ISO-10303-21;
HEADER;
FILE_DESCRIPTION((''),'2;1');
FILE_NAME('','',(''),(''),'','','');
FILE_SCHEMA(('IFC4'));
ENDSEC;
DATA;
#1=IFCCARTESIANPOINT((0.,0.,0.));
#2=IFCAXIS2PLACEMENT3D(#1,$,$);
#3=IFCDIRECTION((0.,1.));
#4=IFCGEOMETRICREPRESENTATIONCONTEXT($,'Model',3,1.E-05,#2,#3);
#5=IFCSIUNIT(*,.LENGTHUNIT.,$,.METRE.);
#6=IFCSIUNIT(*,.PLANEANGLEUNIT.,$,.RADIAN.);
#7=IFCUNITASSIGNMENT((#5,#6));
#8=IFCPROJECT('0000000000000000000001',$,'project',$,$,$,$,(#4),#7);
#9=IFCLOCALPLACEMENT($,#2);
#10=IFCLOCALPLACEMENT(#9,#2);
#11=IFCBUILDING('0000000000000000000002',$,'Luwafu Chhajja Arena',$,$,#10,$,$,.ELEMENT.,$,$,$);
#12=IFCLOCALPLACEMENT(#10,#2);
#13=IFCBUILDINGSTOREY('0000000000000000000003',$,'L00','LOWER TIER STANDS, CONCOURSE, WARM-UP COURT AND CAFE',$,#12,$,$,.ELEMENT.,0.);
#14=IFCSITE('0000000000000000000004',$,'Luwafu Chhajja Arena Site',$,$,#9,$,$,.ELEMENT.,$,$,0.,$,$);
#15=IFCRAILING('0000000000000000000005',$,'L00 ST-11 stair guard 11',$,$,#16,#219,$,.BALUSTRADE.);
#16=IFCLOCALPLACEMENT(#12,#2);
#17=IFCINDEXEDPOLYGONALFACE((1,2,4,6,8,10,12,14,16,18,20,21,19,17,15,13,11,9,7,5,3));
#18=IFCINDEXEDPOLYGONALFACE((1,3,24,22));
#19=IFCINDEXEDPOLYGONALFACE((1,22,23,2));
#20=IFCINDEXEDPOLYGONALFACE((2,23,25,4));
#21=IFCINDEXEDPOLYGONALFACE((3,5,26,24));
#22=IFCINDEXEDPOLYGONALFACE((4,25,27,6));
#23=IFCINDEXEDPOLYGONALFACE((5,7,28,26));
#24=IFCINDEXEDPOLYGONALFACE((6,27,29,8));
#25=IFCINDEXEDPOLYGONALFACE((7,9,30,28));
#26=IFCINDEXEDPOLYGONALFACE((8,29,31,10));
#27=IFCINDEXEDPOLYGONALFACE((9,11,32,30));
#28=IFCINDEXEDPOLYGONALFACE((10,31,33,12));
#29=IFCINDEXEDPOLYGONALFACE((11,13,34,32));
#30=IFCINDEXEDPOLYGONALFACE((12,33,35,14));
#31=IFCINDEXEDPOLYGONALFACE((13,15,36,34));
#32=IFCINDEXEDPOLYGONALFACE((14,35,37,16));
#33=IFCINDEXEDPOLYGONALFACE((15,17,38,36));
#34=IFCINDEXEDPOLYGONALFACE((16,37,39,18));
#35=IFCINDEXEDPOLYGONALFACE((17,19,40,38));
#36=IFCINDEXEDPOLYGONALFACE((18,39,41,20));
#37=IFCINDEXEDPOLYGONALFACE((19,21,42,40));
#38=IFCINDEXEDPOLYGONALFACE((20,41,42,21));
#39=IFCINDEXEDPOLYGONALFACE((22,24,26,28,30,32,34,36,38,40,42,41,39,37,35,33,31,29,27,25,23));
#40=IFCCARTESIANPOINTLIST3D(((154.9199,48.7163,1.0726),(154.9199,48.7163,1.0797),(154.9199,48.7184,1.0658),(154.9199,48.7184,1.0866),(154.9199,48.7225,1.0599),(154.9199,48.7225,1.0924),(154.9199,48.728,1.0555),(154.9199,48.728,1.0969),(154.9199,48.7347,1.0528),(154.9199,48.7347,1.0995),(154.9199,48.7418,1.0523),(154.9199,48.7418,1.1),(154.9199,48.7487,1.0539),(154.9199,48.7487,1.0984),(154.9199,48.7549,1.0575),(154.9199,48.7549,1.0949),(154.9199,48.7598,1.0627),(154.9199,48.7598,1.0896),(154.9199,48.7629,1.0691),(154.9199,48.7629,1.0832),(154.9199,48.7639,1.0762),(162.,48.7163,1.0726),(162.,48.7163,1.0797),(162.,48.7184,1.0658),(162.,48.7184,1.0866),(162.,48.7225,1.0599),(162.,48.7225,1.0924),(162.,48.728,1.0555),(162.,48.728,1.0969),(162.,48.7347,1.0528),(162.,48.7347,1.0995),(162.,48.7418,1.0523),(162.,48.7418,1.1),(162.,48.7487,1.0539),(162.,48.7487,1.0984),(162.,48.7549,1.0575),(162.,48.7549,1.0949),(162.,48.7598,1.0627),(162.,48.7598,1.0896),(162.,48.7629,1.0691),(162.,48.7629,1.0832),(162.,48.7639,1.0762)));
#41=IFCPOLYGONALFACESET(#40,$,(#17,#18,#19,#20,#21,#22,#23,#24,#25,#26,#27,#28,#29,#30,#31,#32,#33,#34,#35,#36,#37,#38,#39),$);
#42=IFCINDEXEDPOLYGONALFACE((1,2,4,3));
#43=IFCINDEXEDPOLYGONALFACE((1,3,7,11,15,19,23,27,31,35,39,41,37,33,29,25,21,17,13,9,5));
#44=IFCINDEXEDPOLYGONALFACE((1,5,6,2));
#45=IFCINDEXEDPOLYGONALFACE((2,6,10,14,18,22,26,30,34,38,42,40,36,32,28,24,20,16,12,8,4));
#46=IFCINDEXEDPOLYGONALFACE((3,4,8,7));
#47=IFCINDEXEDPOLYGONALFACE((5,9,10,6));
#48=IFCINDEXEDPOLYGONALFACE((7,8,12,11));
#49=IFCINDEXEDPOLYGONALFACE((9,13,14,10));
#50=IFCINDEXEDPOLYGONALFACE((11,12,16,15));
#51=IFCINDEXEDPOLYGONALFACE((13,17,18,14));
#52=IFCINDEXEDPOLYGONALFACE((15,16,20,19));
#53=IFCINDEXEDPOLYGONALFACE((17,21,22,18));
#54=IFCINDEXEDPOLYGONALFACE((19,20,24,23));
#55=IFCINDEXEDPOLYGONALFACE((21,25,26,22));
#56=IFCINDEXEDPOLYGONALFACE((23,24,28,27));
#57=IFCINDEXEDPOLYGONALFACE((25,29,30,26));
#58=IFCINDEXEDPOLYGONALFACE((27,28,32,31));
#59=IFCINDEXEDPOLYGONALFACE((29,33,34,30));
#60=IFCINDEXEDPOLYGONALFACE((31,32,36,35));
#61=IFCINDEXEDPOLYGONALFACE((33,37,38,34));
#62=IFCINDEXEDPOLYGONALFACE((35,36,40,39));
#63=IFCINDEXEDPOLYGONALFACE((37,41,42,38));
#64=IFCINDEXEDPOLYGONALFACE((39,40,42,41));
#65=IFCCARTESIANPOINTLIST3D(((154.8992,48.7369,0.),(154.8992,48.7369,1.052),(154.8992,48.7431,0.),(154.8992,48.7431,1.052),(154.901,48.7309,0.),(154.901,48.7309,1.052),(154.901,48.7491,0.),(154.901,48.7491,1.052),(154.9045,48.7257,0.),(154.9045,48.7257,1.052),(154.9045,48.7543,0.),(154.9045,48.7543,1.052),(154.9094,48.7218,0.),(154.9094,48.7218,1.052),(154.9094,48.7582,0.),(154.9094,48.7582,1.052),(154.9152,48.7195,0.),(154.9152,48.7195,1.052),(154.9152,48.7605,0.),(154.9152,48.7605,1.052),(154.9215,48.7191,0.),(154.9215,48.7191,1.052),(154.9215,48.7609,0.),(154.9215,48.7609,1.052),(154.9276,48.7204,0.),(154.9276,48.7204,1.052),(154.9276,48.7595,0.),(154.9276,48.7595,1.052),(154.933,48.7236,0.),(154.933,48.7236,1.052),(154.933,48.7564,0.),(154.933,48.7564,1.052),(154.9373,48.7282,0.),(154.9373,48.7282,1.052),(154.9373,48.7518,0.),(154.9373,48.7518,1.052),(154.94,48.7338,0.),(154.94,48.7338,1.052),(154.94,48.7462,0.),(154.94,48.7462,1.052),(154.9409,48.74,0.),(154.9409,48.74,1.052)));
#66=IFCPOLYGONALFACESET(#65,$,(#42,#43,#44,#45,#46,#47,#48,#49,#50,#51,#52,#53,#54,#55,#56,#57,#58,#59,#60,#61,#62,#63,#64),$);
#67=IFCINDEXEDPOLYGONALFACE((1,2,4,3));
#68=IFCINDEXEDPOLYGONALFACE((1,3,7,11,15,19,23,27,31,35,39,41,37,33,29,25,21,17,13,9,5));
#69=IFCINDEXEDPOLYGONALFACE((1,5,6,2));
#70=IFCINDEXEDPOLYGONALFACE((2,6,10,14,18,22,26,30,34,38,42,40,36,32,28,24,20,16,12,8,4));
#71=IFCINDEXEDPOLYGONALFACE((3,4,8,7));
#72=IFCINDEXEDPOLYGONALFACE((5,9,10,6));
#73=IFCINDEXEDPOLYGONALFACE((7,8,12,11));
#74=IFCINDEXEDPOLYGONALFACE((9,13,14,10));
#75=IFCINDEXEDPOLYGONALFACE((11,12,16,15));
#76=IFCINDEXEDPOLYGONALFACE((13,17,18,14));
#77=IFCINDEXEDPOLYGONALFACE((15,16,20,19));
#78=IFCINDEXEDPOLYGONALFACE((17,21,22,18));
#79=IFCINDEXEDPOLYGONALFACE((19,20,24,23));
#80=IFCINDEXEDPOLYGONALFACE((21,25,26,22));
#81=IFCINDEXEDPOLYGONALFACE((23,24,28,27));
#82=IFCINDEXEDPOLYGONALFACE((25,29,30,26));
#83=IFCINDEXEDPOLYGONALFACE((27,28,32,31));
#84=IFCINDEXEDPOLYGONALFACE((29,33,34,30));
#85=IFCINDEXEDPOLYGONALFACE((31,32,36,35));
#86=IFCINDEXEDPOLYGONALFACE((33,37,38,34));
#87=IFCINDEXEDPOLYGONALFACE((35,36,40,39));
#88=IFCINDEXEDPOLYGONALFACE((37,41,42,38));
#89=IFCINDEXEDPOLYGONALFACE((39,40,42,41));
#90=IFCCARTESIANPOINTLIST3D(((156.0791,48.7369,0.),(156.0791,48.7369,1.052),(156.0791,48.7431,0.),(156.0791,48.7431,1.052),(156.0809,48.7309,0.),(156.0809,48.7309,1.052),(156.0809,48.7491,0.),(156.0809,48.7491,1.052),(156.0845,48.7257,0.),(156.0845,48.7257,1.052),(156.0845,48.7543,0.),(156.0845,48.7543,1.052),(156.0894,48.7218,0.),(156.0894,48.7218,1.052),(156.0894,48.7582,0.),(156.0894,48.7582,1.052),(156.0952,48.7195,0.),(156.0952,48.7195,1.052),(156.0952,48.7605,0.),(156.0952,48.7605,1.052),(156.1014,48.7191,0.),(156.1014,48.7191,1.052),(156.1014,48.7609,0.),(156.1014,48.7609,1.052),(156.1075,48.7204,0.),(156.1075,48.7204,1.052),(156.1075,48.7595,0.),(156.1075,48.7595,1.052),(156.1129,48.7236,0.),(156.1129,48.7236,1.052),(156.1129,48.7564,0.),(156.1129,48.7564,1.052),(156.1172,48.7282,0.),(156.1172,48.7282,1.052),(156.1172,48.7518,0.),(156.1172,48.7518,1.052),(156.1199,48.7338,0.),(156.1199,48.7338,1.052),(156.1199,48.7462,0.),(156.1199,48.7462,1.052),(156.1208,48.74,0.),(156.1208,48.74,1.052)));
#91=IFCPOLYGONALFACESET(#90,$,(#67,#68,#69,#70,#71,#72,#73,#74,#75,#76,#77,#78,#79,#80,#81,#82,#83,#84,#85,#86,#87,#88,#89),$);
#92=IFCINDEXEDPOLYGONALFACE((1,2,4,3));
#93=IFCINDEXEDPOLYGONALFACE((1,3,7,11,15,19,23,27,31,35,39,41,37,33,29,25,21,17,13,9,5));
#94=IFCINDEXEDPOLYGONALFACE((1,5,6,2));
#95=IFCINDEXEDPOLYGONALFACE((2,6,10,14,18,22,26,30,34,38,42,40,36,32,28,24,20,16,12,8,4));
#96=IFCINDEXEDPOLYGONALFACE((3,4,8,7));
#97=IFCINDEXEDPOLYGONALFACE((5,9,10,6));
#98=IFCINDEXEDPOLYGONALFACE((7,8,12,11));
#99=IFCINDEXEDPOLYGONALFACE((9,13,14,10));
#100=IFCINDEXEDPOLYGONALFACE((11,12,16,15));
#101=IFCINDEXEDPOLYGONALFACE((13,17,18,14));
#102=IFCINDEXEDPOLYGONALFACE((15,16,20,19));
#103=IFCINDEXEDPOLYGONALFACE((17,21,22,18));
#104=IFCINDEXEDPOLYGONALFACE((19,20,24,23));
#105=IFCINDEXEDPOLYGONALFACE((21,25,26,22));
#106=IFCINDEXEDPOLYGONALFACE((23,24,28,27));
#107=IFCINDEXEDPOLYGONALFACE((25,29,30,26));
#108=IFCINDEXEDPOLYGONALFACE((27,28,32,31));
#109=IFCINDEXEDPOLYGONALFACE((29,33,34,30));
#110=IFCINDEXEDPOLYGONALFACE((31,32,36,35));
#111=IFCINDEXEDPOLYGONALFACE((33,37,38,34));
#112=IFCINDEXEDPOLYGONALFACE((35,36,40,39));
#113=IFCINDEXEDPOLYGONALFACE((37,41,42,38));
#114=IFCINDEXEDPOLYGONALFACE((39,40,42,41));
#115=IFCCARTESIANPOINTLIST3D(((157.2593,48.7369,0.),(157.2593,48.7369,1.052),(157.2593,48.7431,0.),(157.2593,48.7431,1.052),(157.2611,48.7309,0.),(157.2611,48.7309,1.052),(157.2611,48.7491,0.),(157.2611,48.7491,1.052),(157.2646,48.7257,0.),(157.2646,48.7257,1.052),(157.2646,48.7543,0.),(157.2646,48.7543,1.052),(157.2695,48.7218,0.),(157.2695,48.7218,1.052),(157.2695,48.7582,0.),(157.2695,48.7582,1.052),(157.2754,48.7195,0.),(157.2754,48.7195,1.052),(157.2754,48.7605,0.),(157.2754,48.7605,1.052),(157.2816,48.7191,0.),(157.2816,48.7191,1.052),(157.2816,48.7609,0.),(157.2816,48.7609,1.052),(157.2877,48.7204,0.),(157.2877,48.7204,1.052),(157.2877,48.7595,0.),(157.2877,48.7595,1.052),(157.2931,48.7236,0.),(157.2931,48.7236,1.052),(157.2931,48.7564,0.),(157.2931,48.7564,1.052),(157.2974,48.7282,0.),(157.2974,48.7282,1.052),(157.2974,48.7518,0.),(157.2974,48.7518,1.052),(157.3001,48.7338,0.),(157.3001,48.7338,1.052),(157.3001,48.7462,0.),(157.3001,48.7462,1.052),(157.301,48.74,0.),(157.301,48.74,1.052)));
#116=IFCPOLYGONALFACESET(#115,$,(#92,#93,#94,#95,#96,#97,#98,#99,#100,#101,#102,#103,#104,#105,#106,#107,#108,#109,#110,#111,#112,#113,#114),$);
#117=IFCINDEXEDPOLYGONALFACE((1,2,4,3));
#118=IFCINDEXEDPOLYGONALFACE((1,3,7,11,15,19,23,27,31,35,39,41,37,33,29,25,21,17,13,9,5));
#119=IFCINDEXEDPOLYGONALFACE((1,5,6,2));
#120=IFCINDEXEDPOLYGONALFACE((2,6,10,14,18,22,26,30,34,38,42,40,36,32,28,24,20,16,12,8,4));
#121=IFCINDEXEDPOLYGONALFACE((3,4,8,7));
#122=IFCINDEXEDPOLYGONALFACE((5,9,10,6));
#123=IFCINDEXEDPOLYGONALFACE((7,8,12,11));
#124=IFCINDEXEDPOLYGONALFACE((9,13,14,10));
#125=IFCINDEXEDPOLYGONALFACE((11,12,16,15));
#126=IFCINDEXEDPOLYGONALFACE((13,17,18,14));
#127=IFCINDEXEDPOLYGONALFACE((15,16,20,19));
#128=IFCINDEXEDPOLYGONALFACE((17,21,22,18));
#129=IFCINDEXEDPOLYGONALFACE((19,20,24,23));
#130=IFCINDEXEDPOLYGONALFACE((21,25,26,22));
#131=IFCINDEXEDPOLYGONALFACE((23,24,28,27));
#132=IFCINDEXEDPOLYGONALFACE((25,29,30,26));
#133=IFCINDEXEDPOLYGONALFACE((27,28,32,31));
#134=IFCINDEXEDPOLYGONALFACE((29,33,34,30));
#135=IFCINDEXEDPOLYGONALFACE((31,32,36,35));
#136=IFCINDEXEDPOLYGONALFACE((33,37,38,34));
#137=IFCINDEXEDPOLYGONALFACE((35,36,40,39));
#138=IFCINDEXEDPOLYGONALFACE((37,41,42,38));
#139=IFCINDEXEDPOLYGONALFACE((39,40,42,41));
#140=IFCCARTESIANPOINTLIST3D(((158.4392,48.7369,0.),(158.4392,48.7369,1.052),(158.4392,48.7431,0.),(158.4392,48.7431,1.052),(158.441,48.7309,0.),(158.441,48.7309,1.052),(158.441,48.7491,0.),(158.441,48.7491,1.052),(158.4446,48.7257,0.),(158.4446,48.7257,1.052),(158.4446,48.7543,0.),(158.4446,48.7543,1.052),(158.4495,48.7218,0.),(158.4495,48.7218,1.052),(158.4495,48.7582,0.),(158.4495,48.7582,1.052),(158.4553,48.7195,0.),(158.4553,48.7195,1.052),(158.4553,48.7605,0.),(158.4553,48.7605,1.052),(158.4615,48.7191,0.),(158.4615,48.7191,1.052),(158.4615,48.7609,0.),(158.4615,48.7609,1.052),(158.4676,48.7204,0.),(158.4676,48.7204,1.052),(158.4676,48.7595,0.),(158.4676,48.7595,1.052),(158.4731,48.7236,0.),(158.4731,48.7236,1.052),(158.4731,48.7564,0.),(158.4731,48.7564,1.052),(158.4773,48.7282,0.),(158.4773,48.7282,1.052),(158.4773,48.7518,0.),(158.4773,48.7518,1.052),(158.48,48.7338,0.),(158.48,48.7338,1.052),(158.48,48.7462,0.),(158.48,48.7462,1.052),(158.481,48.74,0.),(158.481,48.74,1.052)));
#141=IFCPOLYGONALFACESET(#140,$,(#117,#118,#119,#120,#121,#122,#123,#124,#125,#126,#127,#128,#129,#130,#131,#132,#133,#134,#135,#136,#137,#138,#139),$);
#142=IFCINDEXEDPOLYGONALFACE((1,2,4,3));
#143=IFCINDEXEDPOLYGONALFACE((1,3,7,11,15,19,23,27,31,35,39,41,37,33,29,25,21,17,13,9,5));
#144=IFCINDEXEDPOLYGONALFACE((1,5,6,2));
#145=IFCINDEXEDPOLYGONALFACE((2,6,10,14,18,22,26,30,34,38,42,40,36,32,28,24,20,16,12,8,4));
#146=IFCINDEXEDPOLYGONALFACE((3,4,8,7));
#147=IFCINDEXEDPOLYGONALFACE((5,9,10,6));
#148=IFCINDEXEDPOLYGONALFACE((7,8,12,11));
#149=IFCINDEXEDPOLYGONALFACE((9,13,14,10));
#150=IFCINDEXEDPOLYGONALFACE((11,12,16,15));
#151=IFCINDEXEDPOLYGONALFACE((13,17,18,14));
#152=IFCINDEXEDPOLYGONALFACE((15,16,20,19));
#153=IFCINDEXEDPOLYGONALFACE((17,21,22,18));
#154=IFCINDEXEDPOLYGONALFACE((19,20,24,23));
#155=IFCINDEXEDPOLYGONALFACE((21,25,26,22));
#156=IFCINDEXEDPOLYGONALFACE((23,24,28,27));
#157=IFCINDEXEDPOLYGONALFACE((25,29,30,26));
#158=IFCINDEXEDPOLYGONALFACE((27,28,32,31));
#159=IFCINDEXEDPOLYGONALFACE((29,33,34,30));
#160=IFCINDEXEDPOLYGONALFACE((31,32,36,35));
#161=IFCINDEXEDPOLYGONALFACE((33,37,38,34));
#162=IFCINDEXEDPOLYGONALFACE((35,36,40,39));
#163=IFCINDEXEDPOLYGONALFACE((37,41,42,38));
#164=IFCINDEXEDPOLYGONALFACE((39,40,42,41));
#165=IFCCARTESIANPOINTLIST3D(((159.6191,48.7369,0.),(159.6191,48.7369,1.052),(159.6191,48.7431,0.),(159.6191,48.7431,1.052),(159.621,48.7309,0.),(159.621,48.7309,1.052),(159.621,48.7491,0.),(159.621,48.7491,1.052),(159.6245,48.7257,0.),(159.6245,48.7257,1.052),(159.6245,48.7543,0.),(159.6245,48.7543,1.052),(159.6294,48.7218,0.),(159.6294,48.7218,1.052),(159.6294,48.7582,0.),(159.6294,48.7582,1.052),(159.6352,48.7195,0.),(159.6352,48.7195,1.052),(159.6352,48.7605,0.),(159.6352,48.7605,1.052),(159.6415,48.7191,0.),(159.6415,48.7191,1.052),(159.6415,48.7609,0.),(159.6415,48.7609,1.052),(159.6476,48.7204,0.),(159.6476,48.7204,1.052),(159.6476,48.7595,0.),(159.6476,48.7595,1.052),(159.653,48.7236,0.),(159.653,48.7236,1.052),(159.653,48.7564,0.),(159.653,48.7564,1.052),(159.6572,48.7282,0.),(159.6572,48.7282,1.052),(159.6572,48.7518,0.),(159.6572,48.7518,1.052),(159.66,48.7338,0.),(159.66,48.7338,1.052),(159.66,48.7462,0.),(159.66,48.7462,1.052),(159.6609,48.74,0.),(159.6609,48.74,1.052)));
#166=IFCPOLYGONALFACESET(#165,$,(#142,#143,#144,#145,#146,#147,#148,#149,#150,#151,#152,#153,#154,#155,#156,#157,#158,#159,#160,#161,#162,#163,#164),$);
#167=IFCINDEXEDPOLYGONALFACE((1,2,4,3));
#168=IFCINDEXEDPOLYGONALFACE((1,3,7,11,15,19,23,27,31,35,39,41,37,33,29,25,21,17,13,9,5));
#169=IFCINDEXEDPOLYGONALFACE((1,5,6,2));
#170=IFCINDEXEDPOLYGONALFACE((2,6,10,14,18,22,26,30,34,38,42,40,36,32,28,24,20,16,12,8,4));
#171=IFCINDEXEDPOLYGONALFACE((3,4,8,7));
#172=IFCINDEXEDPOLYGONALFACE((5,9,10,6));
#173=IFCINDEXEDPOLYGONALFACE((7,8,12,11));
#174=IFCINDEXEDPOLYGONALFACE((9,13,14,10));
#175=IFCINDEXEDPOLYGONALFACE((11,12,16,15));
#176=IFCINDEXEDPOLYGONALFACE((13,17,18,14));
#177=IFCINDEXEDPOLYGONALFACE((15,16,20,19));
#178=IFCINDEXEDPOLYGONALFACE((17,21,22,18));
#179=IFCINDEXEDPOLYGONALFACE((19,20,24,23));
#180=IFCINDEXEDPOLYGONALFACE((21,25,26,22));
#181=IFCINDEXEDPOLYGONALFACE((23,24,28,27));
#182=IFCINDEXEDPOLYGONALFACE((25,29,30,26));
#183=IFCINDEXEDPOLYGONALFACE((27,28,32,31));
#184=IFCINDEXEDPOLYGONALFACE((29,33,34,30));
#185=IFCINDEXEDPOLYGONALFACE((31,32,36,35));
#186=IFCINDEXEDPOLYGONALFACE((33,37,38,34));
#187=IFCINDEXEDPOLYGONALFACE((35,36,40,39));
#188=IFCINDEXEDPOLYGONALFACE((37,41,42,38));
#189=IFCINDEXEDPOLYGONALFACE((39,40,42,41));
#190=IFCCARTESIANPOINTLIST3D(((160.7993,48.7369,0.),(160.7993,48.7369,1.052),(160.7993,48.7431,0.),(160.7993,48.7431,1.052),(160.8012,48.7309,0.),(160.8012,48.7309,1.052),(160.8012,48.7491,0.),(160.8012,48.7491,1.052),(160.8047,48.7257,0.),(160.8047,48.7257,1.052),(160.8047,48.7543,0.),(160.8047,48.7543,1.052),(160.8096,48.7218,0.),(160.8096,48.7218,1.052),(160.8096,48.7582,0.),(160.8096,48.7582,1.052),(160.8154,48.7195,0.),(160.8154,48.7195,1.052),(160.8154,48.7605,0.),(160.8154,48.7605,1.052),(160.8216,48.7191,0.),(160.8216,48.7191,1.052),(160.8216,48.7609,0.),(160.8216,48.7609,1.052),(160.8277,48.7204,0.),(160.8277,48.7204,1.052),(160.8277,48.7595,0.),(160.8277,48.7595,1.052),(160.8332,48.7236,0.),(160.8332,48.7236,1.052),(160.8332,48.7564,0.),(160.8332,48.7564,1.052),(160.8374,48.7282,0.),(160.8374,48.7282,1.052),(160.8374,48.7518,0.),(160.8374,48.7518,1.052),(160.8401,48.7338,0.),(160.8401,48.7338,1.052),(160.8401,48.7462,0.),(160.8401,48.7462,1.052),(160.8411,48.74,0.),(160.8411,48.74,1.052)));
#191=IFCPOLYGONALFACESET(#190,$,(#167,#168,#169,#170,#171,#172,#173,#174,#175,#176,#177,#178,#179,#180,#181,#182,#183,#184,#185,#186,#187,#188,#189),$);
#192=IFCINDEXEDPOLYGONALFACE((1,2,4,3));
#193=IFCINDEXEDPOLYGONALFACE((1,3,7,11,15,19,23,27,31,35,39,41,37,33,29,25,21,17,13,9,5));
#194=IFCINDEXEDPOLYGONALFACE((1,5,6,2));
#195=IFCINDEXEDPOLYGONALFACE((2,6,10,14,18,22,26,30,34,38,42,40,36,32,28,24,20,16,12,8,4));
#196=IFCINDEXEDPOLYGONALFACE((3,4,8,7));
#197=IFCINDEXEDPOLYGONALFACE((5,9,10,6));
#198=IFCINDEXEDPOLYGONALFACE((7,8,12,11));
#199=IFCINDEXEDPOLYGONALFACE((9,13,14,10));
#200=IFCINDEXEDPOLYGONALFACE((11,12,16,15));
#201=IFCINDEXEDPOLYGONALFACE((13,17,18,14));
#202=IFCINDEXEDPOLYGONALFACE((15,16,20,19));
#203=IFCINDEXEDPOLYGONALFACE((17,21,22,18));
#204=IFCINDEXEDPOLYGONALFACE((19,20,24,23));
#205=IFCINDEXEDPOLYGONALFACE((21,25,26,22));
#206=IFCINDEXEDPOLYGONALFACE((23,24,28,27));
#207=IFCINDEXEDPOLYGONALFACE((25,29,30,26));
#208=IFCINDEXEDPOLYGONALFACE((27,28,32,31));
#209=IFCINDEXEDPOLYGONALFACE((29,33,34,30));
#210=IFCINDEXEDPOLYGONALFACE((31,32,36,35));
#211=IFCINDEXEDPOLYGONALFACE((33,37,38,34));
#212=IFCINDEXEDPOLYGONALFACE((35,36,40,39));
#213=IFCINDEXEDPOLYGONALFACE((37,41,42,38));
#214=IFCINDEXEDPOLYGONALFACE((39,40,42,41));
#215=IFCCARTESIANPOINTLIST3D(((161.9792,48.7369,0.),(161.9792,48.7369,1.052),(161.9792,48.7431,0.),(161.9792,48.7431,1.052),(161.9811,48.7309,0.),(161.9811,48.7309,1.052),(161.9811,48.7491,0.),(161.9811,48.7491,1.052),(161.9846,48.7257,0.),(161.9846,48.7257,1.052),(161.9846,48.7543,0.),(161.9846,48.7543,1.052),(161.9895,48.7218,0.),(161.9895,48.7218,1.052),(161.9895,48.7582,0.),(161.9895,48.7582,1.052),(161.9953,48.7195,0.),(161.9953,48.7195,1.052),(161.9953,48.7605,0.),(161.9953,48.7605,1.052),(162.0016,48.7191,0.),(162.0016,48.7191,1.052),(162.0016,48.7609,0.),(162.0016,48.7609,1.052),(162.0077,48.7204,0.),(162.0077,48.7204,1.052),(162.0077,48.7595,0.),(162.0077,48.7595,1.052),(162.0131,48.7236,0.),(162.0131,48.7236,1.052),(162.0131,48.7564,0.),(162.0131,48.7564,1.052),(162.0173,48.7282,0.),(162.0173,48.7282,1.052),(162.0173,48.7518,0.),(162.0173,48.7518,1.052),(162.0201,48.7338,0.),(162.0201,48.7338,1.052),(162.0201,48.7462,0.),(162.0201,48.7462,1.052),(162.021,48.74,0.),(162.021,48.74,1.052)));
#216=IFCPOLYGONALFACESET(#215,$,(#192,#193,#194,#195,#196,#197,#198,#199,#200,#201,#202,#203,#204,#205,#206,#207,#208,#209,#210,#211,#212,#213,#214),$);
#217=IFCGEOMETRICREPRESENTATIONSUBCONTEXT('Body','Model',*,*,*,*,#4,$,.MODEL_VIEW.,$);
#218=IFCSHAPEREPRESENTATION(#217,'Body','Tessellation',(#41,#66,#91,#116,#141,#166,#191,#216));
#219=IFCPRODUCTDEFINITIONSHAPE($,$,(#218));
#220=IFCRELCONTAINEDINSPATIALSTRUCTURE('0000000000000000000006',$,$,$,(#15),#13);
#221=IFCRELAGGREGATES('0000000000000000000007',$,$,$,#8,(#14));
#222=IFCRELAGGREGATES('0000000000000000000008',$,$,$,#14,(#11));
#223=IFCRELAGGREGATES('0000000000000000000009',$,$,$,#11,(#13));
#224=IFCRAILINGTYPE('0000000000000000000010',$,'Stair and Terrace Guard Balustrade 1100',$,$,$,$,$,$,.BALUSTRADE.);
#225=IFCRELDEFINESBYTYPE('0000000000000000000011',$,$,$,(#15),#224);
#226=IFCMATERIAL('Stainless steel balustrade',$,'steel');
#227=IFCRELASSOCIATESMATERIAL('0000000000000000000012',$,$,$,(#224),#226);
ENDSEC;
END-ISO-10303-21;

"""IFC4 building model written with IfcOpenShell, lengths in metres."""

from ifc_helpers import new_model, si_unit, direction, frame, origin, origin_2d, place, context, subcontext, project, spatial, circle, extrude, material, type_object, element, save


model = new_model("IFC4")

# Units and contexts
model_context = context("Model", 3, precision=1e-05, world=origin(), true_north=direction((0.0, 1.0)))
body_context = subcontext(model_context, "Body", "Model", "MODEL_VIEW")
ifc_project = project(units=[si_unit("LENGTHUNIT", "METRE"), si_unit("PLANEANGLEUNIT", "RADIAN")], contexts=[model_context])

# Site, building, storey
site_placement = place(None, origin())
site = spatial("IfcSite", under=ifc_project, at=site_placement, Name="Luwafu Chhajja Arena Site", CompositionType="ELEMENT", RefElevation=0.0)
building_placement = place(site_placement, origin())
building = spatial("IfcBuilding", under=site, at=building_placement, Name="Luwafu Chhajja Arena", CompositionType="ELEMENT")
storey_placement = place(building_placement, origin())
storey = spatial("IfcBuildingStorey", under=building, at=storey_placement, Name="L00", Description="LOWER TIER STANDS, CONCOURSE, WARM-UP COURT AND CAFE", CompositionType="ELEMENT", Elevation=0.0)

# Railing
ifc_material_1 = material(Name="Stainless steel balustrade", Category="steel")
railing_type = type_object("IfcRailingType", Name="Stair and Terrace Guard Balustrade 1100", PredefinedType="BALUSTRADE", material=ifc_material_1)
for number, where, name in (
    (1, (154.9199, 48.74, 0.0), "L00 ST-11 stair guard 11"),
):
    element("IfcRailing", number, at=place(storey_placement, frame(where)), inside=storey, type_object=railing_type, Name=name, PredefinedType="BALUSTRADE", context=body_context, shape_type="SweptSolid", body=[
        extrude(circle(Radius=0.0239, at=origin_2d()), frame((0.0, 0.0, 1.0762), z_axis=(1.0, 0.0, 0.0), x_axis=(0.0, 1.0, 0.0)), (0.0, 0.0, 1.0), 7.0801),
        extrude(circle(Radius=0.021, at=origin_2d()), origin(), (0.0, 0.0, 1.0), 1.052),
        extrude(circle(Radius=0.021, at=origin_2d()), frame((1.1799, 0.0, 0.0)), (0.0, 0.0, 1.0), 1.052),
        extrude(circle(Radius=0.021, at=origin_2d()), frame((2.3601, 0.0, 0.0)), (0.0, 0.0, 1.0), 1.052),
        extrude(circle(Radius=0.021, at=origin_2d()), frame((3.54, 0.0, 0.0)), (0.0, 0.0, 1.0), 1.052),
        extrude(circle(Radius=0.021, at=origin_2d()), frame((4.72, 0.0, 0.0)), (0.0, 0.0, 1.0), 1.052),
        extrude(circle(Radius=0.021, at=origin_2d()), frame((5.9001, 0.0, 0.0)), (0.0, 0.0, 1.0), 1.052),
        extrude(circle(Radius=0.021, at=origin_2d()), frame((7.0801, 0.0, 0.0)), (0.0, 0.0, 1.0), 1.052),
    ])

save(model, "model.ifc")
